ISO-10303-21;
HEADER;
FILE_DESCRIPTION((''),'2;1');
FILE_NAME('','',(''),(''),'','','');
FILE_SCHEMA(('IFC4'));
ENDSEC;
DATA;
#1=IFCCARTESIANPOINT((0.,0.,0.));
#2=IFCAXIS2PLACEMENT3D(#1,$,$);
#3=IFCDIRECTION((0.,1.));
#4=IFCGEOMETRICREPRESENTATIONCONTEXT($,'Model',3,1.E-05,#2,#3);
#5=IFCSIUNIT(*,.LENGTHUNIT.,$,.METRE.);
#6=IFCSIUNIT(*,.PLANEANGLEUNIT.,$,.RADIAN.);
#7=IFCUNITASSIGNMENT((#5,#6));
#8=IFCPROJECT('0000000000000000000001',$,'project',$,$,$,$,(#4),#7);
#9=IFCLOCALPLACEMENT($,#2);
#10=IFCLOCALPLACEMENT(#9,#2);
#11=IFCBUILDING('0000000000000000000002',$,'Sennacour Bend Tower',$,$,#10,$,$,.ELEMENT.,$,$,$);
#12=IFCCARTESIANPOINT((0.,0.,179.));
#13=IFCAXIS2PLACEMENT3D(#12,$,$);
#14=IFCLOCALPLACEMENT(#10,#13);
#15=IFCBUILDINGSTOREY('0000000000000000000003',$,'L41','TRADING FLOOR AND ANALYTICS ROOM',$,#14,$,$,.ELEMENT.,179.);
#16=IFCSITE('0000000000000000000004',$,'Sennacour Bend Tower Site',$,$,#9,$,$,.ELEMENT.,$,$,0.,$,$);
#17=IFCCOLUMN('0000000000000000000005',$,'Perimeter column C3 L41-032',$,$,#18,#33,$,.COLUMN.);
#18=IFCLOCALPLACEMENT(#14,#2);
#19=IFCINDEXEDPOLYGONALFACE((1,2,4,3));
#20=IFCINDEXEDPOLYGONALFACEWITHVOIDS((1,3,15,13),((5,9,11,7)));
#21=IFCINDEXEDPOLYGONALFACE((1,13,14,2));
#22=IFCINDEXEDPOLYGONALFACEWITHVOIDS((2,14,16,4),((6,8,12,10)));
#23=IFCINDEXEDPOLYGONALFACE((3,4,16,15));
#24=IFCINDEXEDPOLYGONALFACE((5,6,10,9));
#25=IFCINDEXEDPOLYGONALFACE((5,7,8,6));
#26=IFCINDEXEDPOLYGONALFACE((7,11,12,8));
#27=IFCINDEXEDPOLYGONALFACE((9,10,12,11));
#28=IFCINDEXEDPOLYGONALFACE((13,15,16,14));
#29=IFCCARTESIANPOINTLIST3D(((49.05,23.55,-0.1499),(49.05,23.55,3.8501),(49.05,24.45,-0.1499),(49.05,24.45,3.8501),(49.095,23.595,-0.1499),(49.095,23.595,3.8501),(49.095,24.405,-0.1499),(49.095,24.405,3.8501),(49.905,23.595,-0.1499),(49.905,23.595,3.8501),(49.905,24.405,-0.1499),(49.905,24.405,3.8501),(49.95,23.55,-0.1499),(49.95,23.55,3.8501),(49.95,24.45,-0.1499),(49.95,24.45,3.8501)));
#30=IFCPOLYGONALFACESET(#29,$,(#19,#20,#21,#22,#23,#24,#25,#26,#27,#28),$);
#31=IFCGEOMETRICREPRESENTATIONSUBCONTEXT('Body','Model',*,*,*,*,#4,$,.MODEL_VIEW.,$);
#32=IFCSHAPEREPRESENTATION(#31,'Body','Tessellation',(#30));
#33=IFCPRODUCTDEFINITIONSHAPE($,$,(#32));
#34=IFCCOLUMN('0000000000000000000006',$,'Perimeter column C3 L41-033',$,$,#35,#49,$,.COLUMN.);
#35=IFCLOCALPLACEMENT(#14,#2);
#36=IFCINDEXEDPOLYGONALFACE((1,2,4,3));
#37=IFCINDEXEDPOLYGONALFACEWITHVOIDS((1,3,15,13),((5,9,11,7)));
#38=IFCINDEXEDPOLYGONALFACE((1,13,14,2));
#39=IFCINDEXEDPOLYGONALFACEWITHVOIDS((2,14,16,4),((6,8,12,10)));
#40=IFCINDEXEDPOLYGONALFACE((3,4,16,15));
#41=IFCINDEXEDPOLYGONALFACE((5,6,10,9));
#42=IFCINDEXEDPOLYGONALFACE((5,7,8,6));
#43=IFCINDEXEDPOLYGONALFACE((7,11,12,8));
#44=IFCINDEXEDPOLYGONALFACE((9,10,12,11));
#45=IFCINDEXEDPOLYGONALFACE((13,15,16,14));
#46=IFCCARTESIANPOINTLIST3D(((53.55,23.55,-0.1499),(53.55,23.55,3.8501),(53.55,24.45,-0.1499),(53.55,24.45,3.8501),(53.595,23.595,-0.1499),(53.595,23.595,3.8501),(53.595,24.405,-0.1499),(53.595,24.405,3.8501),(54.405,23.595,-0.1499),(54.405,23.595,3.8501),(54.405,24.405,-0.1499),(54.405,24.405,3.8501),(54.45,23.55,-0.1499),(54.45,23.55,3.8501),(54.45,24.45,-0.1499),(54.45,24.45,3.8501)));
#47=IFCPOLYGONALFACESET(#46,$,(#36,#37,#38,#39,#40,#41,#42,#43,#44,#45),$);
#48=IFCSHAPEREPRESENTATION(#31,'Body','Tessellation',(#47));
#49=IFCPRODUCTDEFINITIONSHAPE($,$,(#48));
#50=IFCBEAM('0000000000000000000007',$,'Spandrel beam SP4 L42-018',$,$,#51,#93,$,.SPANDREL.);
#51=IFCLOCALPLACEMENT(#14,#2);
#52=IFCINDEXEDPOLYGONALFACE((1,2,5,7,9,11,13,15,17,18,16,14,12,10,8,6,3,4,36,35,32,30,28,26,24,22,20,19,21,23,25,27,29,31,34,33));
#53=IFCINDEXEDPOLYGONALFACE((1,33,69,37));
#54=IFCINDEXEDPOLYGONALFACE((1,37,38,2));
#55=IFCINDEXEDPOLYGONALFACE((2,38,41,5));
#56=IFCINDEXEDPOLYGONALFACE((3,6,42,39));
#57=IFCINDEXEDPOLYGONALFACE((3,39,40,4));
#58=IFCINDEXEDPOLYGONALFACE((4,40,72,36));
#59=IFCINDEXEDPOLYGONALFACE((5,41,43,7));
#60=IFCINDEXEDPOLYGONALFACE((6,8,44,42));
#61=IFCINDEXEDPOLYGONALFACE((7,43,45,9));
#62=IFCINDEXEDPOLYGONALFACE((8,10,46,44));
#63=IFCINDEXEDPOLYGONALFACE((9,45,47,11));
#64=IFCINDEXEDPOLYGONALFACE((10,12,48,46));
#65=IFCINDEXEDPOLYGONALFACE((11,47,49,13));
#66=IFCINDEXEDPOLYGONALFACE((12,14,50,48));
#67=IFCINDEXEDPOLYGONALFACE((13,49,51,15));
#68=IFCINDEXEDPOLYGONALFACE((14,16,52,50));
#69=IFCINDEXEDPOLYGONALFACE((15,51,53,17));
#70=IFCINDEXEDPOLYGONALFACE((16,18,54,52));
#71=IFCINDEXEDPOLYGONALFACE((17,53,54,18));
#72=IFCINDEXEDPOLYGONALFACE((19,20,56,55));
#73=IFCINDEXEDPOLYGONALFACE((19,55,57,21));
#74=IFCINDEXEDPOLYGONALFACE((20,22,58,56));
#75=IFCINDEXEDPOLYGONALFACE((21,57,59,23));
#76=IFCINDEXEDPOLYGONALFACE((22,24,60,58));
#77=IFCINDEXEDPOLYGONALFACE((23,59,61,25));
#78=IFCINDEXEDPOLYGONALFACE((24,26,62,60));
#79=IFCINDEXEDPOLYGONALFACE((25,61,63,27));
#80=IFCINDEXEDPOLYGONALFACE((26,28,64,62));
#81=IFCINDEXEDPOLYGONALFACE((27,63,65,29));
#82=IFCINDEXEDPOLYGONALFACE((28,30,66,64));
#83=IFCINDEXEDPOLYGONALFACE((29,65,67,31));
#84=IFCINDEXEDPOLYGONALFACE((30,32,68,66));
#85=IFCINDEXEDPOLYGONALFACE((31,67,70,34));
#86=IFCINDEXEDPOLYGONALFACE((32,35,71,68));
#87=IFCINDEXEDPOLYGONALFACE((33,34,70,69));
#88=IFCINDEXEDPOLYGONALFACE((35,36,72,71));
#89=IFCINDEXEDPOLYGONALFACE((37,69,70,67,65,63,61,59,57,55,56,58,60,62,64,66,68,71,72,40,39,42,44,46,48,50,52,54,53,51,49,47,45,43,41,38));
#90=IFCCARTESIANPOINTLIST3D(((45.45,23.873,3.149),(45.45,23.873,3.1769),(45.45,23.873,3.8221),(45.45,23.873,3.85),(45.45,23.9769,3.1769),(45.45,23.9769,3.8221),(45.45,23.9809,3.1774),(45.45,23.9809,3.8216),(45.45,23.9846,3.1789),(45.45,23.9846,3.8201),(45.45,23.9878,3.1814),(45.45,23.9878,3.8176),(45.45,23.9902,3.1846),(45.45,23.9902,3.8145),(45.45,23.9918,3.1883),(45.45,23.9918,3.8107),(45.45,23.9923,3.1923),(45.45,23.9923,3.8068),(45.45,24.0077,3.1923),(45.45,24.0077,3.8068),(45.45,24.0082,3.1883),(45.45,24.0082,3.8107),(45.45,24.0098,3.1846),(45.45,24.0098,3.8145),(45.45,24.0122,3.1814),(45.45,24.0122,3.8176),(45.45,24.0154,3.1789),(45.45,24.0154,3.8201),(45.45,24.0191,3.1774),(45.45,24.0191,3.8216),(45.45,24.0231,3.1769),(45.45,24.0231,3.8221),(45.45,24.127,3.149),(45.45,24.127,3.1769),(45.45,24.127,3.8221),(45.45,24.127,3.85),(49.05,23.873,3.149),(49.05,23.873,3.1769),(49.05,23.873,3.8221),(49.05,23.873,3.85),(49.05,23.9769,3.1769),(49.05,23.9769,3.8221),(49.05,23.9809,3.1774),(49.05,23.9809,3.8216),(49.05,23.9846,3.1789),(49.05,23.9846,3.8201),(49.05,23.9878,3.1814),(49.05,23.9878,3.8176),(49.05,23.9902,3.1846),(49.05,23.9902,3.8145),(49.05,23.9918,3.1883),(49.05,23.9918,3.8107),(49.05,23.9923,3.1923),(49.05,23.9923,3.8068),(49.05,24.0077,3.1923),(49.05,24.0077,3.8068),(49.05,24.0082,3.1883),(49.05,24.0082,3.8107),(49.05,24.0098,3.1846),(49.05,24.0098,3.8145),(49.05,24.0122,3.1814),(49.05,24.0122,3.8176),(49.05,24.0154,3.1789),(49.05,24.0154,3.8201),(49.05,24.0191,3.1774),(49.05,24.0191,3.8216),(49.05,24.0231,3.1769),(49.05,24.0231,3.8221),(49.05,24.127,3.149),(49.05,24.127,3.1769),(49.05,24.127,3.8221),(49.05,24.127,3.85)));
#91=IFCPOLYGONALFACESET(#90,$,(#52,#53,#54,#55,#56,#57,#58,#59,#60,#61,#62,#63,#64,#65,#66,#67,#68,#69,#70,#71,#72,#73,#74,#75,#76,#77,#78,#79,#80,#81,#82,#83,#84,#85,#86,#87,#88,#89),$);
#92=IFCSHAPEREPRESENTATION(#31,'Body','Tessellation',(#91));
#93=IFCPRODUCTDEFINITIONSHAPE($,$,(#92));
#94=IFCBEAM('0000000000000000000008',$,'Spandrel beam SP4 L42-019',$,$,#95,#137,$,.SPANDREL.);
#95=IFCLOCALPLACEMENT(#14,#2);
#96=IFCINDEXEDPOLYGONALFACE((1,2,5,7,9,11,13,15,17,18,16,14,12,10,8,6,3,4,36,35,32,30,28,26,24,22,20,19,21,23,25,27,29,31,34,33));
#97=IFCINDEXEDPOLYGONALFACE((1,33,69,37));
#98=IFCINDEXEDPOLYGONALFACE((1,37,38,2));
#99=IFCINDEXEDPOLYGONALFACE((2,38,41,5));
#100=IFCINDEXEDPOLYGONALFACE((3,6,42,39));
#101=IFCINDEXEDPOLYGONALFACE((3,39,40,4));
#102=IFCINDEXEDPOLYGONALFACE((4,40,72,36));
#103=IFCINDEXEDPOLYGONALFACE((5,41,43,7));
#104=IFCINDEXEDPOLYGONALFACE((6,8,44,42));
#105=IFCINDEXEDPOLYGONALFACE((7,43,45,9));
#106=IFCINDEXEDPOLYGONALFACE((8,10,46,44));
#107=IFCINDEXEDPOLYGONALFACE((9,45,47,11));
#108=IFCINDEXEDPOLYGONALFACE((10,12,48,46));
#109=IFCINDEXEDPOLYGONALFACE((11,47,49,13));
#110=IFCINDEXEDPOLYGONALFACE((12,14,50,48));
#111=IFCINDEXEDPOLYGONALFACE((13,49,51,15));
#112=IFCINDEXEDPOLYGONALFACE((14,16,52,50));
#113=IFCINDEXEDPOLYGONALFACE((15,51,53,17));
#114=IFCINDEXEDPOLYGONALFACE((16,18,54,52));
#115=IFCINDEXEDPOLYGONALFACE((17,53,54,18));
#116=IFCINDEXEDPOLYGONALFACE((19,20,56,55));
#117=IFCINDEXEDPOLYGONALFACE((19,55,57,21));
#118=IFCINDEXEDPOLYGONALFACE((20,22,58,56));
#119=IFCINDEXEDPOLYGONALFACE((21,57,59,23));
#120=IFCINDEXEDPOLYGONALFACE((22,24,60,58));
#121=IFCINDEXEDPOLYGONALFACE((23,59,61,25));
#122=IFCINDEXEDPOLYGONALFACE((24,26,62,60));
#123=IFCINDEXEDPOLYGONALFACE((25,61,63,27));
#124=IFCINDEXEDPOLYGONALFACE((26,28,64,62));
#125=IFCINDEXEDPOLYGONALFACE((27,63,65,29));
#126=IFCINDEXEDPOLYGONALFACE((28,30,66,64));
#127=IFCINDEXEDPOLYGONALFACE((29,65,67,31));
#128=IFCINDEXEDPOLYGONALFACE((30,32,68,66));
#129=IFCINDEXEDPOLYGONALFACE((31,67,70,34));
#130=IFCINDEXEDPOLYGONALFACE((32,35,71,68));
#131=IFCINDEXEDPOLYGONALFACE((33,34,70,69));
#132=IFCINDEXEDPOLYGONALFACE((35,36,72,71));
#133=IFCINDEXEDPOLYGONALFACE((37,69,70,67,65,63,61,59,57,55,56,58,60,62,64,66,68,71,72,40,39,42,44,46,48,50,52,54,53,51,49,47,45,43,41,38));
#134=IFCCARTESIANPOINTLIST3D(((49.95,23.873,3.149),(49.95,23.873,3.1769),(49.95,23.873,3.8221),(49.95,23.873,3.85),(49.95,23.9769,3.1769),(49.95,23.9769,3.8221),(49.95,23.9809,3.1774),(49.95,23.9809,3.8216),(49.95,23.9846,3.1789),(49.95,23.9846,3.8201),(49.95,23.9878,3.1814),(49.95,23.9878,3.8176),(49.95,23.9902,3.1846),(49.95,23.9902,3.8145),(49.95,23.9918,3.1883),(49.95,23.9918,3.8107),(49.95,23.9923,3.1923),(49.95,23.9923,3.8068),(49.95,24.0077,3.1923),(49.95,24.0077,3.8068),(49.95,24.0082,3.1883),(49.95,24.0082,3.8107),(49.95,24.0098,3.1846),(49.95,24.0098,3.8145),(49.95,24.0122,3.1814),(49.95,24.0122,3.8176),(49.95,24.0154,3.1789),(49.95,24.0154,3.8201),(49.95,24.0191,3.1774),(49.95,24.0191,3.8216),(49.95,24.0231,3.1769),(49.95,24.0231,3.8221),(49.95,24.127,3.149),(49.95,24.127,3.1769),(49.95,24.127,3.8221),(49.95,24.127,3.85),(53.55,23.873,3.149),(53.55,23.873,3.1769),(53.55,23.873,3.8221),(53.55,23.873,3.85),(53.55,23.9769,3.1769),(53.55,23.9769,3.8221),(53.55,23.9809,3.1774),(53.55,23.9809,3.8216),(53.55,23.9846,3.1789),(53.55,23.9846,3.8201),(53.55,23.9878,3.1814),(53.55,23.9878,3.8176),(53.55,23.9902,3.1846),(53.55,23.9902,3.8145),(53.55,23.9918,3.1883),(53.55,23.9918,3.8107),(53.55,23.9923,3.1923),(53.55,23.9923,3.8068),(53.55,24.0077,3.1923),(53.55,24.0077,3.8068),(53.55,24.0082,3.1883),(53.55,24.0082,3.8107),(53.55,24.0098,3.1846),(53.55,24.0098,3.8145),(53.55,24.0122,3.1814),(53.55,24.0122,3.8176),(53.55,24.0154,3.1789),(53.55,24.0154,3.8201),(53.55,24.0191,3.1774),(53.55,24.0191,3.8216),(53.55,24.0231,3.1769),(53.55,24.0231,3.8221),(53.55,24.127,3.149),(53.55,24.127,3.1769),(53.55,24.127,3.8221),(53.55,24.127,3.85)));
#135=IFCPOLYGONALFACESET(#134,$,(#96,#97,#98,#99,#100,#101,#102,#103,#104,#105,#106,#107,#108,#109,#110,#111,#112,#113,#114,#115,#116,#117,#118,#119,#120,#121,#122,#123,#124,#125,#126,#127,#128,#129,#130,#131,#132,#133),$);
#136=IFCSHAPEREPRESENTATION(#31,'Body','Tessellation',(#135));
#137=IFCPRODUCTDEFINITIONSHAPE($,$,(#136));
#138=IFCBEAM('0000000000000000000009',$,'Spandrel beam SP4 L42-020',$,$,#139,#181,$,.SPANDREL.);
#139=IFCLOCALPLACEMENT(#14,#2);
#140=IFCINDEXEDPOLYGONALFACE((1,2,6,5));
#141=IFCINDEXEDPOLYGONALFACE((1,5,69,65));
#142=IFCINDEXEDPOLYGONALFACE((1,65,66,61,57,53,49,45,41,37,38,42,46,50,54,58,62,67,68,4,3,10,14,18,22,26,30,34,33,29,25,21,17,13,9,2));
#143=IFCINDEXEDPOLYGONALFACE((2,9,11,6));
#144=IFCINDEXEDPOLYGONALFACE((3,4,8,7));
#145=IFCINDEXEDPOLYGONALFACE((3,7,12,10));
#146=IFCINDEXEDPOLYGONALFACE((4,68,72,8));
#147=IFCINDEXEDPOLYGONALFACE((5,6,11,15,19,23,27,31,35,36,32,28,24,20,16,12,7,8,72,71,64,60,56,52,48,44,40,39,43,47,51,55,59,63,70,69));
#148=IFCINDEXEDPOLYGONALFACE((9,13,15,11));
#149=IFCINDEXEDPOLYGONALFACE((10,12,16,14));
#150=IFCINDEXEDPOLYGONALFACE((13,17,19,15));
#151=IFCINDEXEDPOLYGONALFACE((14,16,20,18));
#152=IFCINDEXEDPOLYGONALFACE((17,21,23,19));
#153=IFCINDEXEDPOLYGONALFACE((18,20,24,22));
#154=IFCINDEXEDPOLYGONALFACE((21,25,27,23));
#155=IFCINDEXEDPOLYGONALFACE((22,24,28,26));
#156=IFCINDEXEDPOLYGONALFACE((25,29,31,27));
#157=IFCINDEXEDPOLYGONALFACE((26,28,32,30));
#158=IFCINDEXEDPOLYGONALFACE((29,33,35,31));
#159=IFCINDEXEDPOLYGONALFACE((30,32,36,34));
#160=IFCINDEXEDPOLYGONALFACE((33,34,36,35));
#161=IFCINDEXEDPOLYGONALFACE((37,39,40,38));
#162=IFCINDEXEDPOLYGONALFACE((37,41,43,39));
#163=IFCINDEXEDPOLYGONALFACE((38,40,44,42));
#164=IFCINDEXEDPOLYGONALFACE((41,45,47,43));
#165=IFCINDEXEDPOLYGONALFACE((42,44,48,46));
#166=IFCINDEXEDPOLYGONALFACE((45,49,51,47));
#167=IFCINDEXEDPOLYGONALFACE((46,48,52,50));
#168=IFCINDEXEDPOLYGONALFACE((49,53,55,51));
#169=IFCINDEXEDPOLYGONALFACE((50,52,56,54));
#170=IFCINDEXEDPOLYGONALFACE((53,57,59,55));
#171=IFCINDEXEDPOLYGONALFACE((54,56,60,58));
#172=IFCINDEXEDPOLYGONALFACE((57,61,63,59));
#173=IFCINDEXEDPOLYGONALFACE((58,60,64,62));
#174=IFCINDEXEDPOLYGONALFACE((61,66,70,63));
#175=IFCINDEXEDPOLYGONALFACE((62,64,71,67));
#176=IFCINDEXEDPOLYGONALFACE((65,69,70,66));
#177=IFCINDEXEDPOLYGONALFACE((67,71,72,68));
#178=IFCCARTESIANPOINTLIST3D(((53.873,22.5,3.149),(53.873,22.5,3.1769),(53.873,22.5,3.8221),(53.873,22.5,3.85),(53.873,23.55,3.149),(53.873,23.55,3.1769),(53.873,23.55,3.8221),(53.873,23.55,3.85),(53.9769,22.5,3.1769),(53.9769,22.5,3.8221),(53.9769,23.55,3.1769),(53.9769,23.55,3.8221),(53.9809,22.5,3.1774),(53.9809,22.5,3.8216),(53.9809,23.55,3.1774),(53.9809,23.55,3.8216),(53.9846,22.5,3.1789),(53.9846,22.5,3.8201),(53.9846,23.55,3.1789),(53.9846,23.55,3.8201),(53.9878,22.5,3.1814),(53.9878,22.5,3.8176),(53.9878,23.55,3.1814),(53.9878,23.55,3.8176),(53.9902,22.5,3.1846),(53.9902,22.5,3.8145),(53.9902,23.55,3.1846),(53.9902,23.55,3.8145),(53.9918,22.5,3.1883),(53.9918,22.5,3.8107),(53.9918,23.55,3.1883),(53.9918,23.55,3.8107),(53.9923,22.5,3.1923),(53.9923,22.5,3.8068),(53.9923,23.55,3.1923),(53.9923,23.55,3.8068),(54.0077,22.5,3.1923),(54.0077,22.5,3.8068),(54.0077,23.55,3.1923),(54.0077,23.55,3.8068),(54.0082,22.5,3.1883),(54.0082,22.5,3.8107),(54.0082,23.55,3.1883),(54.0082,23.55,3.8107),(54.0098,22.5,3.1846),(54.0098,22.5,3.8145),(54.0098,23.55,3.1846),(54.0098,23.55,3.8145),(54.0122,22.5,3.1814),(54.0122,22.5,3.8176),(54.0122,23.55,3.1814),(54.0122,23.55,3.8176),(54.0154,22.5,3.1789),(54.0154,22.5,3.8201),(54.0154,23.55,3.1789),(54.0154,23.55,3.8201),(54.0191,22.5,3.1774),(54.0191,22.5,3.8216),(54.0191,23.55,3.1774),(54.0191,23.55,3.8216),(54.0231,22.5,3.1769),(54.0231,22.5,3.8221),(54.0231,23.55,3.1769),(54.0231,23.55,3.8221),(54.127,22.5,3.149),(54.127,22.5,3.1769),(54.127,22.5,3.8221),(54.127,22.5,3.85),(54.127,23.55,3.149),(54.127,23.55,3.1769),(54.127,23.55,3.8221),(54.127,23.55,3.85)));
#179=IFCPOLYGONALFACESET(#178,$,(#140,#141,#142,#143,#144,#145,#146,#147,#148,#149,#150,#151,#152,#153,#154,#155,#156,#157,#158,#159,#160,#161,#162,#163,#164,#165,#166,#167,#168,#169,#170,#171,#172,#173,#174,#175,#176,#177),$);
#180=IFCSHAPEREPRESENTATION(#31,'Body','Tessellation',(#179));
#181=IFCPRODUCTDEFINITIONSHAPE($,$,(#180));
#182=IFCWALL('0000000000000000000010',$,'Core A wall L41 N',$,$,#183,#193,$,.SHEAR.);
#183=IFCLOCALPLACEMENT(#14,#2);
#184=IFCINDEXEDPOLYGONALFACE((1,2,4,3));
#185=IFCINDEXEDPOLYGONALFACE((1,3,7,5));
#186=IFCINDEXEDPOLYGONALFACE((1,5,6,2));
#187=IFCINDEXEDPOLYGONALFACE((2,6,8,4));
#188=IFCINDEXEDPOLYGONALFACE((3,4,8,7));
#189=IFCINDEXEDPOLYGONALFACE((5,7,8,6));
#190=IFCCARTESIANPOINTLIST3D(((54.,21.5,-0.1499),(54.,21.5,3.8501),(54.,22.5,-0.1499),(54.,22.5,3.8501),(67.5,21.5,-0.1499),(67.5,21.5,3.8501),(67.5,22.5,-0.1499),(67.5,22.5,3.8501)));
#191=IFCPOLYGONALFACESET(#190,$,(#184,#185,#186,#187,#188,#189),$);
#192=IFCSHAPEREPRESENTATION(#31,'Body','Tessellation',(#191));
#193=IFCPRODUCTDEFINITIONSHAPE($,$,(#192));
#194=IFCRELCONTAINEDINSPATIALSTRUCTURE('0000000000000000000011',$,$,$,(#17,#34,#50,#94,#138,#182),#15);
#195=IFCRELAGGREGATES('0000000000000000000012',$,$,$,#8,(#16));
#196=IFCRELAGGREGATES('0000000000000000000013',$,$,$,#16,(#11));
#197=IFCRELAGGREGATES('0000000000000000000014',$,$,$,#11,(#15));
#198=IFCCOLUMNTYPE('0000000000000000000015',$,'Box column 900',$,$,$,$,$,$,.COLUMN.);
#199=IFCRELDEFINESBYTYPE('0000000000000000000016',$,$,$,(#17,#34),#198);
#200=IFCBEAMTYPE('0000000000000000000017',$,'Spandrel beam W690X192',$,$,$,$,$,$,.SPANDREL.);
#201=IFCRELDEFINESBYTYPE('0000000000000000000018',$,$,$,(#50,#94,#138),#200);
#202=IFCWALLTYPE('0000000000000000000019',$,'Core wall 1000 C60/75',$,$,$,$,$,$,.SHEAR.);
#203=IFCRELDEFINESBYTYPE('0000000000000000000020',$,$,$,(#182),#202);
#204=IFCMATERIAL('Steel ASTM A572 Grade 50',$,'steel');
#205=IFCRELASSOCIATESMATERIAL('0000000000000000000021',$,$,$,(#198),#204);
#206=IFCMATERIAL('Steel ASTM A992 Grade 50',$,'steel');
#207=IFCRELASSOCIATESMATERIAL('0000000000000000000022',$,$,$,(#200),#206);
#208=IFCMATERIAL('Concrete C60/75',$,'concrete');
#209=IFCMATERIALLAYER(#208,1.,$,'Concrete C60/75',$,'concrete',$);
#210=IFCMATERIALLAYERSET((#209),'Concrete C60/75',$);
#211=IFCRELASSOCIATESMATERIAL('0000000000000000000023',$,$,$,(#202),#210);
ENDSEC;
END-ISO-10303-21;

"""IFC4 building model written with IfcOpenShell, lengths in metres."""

from ifc_helpers import new_model, si_unit, direction, frame, frame_2d, origin, origin_2d, place, context, subcontext, project, spatial, rectangle, hollow_rectangle, i_section, extrude, material, layer, layer_set, material_profile, profile_set, type_object, element, save


model = new_model("IFC4")

# Units and contexts
model_context = context("Model", 3, precision=1e-05, world=origin(), true_north=direction((0.0, 1.0)))
body_context = subcontext(model_context, "Body", "Model", "MODEL_VIEW")
ifc_project = project(units=[si_unit("LENGTHUNIT", "METRE"), si_unit("PLANEANGLEUNIT", "RADIAN")], contexts=[model_context])

# Site, building, storey
site_placement = place(None, origin())
site = spatial("IfcSite", under=ifc_project, at=site_placement, Name="Sennacour Bend Tower Site", CompositionType="ELEMENT", RefElevation=0.0)
building_placement = place(site_placement, origin())
building = spatial("IfcBuilding", under=site, at=building_placement, Name="Sennacour Bend Tower", CompositionType="ELEMENT")
storey_placement = place(building_placement, frame((0.0, 0.0, 179.0)))
storey = spatial("IfcBuildingStorey", under=building, at=storey_placement, Name="L41", Description="TRADING FLOOR AND ANALYTICS ROOM", CompositionType="ELEMENT", Elevation=179.0)

# Columns
ifc_material_1 = material(Name="Steel ASTM A572 Grade 50", Category="steel")
ifc_material_profile_1 = material_profile(ifc_material_1, hollow_rectangle(XDim=0.8999, YDim=0.8999, WallThickness=0.0449, at=origin_2d()), Name="Steel ASTM A572 Grade 50", Category="steel")
ifc_profile_set_1 = profile_set([ifc_material_profile_1], Name="Steel ASTM A572 Grade 50")
column_type = type_object("IfcColumnType", Name="Box column 900", PredefinedType="COLUMN", material=ifc_profile_set_1)
for number, where, z_axis, x_axis, name in (
    (1, (49.5, 24.0, -0.1499), (0.0, 0.0, 1.0), (1.0, 0.0, 0.0), "Perimeter column C3 L41-032"),
    (2, (54.0, 24.0, -0.1499), (0.0, 0.0, 1.0), (1.0, 0.0, 0.0), "Perimeter column C3 L41-033"),
):
    element("IfcColumn", number, at=place(storey_placement, frame(where, z_axis=z_axis, x_axis=x_axis)), inside=storey, type_object=column_type, Name=name, PredefinedType="COLUMN", context=body_context, shape_type="SweptSolid", body=[
        extrude(hollow_rectangle(XDim=0.8999, YDim=0.8999, WallThickness=0.0449, at=origin_2d()), origin(), (0.0, 0.0, 1.0), 4.0),
    ])

# Beams
ifc_material_2 = material(Name="Steel ASTM A992 Grade 50", Category="steel")
ifc_material_profile_2 = material_profile(ifc_material_2, i_section(OverallWidth=0.2539, OverallDepth=0.7009, WebThickness=0.0154, FlangeThickness=0.0278, FilletRadius=0.0154, at=origin_2d()), Name="Steel ASTM A992 Grade 50", Category="steel")
ifc_profile_set_2 = profile_set([ifc_material_profile_2], Name="Steel ASTM A992 Grade 50")
beam_type = type_object("IfcBeamType", Name="Spandrel beam W690X192", PredefinedType="SPANDREL", material=ifc_profile_set_2)
for number, where, z_axis, x_axis, name in (
    (3, (45.45, 24.0, 3.4995), (1.0, 0.0, 0.0), (0.0, 1.0, 0.0), "Spandrel beam SP4 L42-018"),
    (4, (49.95, 24.0, 3.4995), (1.0, 0.0, 0.0), (0.0, 1.0, 0.0), "Spandrel beam SP4 L42-019"),
):
    element("IfcBeam", number, at=place(storey_placement, frame(where, z_axis=z_axis, x_axis=x_axis)), inside=storey, type_object=beam_type, Name=name, PredefinedType="SPANDREL", context=body_context, shape_type="SweptSolid", body=[
        extrude(i_section(OverallWidth=0.2539, OverallDepth=0.7009, WebThickness=0.0154, FlangeThickness=0.0278, FilletRadius=0.0154, at=origin_2d()), origin(), (0.0, 0.0, 1.0), 3.6001),
    ])
beam_placement = place(storey_placement, frame((54.0, 23.55, 3.4995), z_axis=(0.0, -1.0, 0.0), x_axis=(1.0, 0.0, 0.0)))
element("IfcBeam", 5, at=beam_placement, inside=storey, type_object=beam_type, Name="Spandrel beam SP4 L42-020", PredefinedType="SPANDREL", context=body_context, shape_type="SweptSolid", body=[
    extrude(i_section(OverallWidth=0.2539, OverallDepth=0.7009, WebThickness=0.0154, FlangeThickness=0.0278, FilletRadius=0.0154, at=origin_2d()), origin(), (0.0, 0.0, 1.0), 1.05),
])

# Wall
ifc_material_3 = material(Name="Concrete C60/75", Category="concrete")
ifc_layer_1 = layer(ifc_material_3, 1.0, Name="Concrete C60/75", Category="concrete")
ifc_layer_set_1 = layer_set([ifc_layer_1], Name="Concrete C60/75")
wall_type_1 = type_object("IfcWallType", Name="Core wall 1000 C60/75", PredefinedType="SHEAR", material=ifc_layer_set_1)
wall_1_placement = place(storey_placement, frame((54.0, 22.0, -0.1499), z_axis=(0.0, 0.0, 1.0), x_axis=(1.0, 0.0, 0.0)))
element("IfcWall", 6, at=wall_1_placement, inside=storey, type_object=wall_type_1, Name="Core A wall L41 N", PredefinedType="SHEAR", context=body_context, shape_type="SweptSolid", body=[
    extrude(rectangle(XDim=13.5, YDim=1.0, at=frame_2d((6.75, 0.0))), origin(), (0.0, 0.0, 1.0), 4.0),
])

save(model, "model.ifc")
